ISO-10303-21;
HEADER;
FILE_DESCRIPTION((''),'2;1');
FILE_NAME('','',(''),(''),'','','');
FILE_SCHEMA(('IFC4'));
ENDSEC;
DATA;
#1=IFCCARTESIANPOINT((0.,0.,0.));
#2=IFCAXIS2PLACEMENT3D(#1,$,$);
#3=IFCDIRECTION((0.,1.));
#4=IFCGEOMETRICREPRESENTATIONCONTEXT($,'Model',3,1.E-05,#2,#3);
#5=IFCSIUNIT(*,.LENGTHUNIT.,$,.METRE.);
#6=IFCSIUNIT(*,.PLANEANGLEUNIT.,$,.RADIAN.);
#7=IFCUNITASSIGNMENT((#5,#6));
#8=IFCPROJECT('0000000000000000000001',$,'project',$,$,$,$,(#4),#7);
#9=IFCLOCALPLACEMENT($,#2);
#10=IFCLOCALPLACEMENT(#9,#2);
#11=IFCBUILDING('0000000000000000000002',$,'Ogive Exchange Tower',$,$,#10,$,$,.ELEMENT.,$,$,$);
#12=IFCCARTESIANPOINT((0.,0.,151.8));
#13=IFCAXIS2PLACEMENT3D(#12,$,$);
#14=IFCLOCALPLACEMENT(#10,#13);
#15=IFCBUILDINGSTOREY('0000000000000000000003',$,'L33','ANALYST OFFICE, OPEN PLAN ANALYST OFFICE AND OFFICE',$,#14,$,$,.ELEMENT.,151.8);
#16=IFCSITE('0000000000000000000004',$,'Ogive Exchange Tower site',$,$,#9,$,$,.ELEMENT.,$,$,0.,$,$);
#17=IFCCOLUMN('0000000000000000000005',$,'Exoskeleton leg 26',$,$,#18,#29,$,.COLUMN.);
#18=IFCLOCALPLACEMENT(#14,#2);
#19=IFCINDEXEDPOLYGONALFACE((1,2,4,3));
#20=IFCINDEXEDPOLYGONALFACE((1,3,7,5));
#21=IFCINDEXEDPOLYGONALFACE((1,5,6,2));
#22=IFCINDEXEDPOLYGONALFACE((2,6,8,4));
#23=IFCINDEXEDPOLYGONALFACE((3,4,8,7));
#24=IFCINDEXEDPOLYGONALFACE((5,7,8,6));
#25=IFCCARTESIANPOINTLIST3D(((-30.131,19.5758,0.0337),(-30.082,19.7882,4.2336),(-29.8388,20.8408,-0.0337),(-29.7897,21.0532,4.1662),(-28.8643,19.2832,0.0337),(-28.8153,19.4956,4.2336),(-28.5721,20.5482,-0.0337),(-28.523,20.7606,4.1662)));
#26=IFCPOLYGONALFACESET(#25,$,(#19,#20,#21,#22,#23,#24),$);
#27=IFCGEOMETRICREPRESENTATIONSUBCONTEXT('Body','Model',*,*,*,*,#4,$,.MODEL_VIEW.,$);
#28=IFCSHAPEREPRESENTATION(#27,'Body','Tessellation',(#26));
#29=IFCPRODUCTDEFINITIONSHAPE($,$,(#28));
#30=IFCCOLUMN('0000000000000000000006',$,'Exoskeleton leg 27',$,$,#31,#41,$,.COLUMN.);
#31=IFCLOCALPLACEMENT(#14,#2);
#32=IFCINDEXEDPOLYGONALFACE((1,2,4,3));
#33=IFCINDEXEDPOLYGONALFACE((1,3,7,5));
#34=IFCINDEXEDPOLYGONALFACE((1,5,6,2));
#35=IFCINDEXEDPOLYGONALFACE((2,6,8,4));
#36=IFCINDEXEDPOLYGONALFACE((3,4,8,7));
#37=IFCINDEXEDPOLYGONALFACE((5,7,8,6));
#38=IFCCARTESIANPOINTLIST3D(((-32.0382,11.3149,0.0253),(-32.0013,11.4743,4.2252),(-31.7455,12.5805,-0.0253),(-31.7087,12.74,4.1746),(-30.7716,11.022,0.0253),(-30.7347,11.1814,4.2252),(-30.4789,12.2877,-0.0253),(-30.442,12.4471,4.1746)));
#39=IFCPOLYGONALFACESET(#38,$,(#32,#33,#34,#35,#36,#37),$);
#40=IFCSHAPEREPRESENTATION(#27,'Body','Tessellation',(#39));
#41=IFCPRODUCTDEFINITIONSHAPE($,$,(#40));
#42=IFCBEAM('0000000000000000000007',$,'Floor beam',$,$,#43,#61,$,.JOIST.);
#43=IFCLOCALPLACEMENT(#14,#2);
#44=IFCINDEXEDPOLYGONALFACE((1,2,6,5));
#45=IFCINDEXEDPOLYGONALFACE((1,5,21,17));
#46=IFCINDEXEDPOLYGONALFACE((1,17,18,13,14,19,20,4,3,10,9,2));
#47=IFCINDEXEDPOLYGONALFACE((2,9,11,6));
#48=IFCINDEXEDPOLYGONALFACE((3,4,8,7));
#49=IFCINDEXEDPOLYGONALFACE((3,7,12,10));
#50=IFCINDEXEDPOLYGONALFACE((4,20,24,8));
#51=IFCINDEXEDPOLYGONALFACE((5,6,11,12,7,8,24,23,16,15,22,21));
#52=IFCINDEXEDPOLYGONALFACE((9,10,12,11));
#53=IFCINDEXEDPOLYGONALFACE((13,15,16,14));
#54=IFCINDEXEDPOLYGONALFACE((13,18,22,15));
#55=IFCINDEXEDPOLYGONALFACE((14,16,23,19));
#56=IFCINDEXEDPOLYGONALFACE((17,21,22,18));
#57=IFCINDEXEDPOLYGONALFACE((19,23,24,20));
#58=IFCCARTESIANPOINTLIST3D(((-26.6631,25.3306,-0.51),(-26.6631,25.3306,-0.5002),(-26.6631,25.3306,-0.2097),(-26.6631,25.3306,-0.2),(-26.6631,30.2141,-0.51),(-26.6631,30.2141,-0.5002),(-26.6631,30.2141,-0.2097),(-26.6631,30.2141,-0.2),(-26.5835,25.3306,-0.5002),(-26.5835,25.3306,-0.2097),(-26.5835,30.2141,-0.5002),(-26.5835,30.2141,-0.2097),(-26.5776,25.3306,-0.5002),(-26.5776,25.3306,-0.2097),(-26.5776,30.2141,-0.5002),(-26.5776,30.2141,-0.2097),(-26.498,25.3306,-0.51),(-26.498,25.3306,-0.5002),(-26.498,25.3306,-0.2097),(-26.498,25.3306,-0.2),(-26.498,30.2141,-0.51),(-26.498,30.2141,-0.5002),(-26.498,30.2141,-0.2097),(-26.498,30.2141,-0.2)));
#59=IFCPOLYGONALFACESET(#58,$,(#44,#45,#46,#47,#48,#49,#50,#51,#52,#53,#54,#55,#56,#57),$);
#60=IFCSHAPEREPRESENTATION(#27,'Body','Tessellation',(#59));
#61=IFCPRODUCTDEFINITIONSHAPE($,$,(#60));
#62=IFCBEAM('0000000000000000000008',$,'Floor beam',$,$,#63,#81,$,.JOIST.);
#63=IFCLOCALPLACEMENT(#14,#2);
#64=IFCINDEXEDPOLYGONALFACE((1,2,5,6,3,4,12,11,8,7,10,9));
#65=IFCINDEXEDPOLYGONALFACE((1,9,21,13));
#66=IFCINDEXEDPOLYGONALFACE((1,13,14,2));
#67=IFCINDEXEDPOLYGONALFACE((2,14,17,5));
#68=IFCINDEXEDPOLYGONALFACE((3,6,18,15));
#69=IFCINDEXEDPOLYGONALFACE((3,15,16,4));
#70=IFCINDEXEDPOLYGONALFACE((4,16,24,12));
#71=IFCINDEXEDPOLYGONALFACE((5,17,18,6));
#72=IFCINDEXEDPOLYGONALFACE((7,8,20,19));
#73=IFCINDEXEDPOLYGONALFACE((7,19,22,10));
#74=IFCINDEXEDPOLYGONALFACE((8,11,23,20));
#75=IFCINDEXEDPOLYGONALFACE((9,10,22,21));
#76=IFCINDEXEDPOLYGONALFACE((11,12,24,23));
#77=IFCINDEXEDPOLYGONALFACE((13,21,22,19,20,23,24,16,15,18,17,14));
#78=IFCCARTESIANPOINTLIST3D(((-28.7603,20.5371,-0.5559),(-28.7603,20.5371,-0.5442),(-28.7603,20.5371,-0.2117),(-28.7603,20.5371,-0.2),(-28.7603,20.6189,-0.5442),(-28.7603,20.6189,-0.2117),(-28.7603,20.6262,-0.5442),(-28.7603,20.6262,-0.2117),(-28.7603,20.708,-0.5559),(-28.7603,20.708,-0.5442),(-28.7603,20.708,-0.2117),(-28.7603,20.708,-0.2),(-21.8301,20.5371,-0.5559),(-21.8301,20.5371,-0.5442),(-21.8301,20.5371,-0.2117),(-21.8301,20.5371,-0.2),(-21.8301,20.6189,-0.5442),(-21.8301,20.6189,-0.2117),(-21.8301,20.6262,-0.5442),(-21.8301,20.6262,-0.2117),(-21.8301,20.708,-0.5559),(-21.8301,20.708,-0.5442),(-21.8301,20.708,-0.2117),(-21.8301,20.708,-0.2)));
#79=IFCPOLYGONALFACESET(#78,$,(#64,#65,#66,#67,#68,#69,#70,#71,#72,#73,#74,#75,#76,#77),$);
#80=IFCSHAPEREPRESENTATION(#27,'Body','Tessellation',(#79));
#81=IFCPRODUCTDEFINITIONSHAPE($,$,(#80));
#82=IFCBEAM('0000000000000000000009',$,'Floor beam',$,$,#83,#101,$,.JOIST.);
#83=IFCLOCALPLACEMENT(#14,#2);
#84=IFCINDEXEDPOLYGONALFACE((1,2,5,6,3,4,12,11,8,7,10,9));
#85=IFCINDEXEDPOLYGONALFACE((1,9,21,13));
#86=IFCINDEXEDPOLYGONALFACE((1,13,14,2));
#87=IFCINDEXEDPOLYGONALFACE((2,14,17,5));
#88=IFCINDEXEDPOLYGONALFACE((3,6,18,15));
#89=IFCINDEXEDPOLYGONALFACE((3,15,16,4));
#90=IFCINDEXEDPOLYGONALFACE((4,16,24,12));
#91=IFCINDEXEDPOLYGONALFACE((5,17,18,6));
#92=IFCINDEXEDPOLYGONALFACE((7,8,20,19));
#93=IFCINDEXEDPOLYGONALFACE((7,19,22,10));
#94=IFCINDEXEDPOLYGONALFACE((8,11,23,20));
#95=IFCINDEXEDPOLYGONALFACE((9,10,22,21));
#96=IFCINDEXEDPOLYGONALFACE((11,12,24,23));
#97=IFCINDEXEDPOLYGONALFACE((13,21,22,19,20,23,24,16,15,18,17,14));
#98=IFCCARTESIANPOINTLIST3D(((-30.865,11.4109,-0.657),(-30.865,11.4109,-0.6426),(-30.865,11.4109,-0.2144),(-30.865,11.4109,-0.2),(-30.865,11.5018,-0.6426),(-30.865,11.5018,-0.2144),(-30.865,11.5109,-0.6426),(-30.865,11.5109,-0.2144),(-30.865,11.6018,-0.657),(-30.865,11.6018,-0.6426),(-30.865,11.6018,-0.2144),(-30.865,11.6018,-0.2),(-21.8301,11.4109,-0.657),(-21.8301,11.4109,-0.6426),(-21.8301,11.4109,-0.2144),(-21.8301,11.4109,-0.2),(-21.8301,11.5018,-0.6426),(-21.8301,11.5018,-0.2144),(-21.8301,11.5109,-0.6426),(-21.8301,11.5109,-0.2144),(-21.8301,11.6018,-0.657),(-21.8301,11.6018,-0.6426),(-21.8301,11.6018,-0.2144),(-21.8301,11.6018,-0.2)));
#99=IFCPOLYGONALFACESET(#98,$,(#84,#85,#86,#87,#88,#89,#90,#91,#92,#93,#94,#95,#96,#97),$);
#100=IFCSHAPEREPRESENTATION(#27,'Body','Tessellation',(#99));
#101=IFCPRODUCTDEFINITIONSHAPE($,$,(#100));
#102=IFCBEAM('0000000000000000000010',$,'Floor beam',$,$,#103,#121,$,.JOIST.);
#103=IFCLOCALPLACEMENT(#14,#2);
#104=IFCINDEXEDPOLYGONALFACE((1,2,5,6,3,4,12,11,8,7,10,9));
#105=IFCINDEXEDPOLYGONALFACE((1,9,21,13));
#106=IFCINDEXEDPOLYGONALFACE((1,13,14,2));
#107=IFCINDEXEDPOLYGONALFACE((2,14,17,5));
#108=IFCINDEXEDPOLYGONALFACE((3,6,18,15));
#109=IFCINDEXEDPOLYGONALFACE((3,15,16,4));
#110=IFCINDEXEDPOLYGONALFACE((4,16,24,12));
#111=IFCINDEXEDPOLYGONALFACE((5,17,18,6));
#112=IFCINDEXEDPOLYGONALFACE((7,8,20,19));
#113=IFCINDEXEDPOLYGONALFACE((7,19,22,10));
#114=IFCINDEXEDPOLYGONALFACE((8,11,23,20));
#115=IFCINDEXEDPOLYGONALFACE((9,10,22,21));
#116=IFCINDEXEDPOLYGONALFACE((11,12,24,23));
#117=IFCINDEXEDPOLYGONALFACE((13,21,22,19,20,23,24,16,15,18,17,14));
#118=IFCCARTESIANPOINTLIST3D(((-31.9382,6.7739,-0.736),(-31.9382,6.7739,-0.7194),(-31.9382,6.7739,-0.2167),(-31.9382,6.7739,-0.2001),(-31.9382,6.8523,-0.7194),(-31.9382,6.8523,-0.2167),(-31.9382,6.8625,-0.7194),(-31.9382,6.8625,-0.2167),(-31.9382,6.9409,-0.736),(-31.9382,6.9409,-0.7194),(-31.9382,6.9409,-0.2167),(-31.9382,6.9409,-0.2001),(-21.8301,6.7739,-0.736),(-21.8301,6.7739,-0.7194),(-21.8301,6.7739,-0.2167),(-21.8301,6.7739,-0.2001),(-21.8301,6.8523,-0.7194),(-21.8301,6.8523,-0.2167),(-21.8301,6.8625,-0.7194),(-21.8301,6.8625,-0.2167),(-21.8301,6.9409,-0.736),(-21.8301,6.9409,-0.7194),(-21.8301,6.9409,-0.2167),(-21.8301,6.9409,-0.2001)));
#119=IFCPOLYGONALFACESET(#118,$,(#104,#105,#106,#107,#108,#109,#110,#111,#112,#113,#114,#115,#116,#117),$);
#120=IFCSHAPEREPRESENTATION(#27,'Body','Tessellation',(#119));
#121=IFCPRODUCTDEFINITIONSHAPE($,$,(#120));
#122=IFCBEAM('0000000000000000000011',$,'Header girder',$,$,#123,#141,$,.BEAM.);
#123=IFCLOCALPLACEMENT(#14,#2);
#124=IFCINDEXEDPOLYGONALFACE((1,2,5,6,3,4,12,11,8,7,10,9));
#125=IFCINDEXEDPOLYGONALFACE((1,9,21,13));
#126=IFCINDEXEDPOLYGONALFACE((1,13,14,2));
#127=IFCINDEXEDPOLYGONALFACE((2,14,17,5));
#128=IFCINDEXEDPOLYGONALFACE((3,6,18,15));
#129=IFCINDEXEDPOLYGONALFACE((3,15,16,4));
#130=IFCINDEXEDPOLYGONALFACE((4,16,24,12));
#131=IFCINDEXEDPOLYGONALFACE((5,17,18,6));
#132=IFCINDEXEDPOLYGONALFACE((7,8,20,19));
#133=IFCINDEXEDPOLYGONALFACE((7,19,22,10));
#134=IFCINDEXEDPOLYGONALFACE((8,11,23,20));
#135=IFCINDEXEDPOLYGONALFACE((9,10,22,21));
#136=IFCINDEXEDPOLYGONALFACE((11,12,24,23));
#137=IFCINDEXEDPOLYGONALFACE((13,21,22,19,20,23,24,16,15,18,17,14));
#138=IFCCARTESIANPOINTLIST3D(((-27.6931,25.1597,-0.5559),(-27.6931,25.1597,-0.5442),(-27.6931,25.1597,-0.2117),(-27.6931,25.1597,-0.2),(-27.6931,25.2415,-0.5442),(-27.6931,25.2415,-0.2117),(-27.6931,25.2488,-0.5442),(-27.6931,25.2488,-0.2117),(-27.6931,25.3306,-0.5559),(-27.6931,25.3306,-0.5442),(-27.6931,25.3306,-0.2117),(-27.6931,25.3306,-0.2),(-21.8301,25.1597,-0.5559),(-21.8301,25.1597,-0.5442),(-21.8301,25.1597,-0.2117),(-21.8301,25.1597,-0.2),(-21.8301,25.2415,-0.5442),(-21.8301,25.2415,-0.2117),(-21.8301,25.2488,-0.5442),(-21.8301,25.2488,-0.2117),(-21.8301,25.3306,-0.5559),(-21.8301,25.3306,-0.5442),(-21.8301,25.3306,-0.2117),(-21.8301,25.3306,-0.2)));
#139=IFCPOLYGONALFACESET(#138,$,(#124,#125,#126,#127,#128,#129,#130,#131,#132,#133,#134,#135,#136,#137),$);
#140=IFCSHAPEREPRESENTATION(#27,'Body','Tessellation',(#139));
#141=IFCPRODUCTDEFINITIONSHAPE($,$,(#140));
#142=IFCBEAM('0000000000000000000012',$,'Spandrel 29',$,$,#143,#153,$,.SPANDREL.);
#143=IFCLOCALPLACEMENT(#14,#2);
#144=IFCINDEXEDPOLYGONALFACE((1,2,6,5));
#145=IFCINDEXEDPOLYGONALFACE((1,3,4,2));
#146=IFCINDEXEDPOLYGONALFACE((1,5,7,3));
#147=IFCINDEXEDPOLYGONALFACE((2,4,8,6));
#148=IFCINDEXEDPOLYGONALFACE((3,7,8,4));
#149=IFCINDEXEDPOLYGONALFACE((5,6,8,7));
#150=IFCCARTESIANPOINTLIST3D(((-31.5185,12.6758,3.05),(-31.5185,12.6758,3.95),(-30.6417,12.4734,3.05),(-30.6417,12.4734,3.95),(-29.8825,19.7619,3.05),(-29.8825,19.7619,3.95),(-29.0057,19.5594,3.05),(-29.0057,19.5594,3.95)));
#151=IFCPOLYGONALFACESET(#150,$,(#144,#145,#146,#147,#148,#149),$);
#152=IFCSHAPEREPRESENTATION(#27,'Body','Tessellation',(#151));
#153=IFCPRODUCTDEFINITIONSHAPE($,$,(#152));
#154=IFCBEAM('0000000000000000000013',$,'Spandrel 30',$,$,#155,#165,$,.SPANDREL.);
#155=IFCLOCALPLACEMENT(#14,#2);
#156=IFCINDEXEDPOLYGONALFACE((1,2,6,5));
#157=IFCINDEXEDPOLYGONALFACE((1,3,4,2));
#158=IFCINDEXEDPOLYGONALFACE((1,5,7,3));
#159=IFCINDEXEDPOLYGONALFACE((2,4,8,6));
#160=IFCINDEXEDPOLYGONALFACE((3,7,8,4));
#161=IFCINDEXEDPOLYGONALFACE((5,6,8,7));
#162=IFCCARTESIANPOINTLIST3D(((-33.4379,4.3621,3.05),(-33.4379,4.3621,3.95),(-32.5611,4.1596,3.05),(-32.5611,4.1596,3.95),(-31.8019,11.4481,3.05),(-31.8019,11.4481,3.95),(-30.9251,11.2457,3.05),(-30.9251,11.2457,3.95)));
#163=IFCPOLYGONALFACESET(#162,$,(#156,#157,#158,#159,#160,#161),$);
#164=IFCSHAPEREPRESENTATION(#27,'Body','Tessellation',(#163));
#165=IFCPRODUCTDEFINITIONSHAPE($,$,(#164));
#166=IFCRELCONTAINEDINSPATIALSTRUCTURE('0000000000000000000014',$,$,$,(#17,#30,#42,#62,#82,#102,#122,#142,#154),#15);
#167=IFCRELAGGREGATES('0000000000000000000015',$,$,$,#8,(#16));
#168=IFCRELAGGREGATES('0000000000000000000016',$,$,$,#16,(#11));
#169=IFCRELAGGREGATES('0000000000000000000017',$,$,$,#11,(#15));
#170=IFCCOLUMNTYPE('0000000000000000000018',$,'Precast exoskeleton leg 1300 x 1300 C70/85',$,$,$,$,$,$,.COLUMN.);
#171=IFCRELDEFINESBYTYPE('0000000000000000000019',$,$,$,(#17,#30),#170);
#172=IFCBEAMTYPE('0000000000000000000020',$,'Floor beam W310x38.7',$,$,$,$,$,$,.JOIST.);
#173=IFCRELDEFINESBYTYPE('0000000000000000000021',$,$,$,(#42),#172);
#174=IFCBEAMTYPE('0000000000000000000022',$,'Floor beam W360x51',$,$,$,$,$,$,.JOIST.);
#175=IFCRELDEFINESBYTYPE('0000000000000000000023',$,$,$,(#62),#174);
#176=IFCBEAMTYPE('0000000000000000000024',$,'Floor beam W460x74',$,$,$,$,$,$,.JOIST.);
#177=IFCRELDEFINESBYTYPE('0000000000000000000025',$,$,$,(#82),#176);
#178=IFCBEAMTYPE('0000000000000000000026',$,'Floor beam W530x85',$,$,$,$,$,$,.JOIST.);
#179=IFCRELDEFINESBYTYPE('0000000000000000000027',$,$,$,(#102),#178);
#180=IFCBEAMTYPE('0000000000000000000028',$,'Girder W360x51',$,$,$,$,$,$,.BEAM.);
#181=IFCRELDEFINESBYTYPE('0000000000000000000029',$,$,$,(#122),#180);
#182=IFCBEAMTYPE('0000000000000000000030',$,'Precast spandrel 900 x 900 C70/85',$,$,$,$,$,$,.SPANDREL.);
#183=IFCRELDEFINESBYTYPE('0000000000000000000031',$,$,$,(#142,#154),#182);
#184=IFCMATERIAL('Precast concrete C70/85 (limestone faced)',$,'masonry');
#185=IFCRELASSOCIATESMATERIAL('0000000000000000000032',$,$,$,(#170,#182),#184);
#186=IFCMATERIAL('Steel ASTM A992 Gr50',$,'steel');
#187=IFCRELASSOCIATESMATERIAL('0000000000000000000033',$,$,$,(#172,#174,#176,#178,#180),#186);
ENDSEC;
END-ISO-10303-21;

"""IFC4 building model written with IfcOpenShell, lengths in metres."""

from ifc_helpers import new_model, si_unit, direction, frame, origin, origin_2d, place, context, subcontext, project, spatial, rectangle, i_section, extrude, material, material_profile, profile_set, type_object, element, save


model = new_model("IFC4")

# Units and contexts
model_context = context("Model", 3, precision=1e-05, world=origin(), true_north=direction((0.0, 1.0)))
body_context = subcontext(model_context, "Body", "Model", "MODEL_VIEW")
ifc_project = project(units=[si_unit("LENGTHUNIT", "METRE"), si_unit("PLANEANGLEUNIT", "RADIAN")], contexts=[model_context])

# Site, building, storey
site_placement = place(None, origin())
site = spatial("IfcSite", under=ifc_project, at=site_placement, Name="Ogive Exchange Tower site", CompositionType="ELEMENT", RefElevation=0.0)
building_placement = place(site_placement, origin())
building = spatial("IfcBuilding", under=site, at=building_placement, Name="Ogive Exchange Tower", CompositionType="ELEMENT")
storey_placement = place(building_placement, frame((0.0, 0.0, 151.8)))
storey = spatial("IfcBuildingStorey", under=building, at=storey_placement, Name="L33", Description="ANALYST OFFICE, OPEN PLAN ANALYST OFFICE AND OFFICE", CompositionType="ELEMENT", Elevation=151.8)

# Columns
ifc_material_1 = material(Name="Precast concrete C70/85 (limestone faced)", Category="masonry")
ifc_material_profile_1 = material_profile(ifc_material_1, rectangle(XDim=1.3, YDim=1.3, at=origin_2d()), Name="1300 x 1300")
ifc_profile_set_1 = profile_set([ifc_material_profile_1], Name="Precast concrete C70/85 (limestone faced)")
column_type = type_object("IfcColumnType", Name="Precast exoskeleton leg 1300 x 1300 C70/85", PredefinedType="COLUMN", material=ifc_profile_set_1)
column_1_placement = place(storey_placement, frame((-29.3516, 20.062, 0.0), z_axis=(0.011668, 0.050505, 0.998656), x_axis=(-0.974335, 0.225105, 0.0)))
element("IfcColumn", 1, at=column_1_placement, inside=storey, type_object=column_type, Name="Exoskeleton leg 26", PredefinedType="COLUMN", context=body_context, shape_type="SweptSolid", body=[
    extrude(rectangle(XDim=1.3, YDim=1.3, at=origin_2d()), origin(), (0.0, 0.0, 1.0), 4.2056),
])
column_2_placement = place(storey_placement, frame((-31.2585, 11.8013, 0.0), z_axis=(0.008771, 0.03793, 0.999242), x_axis=(-0.974291, 0.225295, 0.0)))
element("IfcColumn", 2, at=column_2_placement, inside=storey, type_object=column_type, Name="Exoskeleton leg 27", PredefinedType="COLUMN", context=body_context, shape_type="SweptSolid", body=[
    extrude(rectangle(XDim=1.3, YDim=1.3, at=origin_2d()), origin(), (0.0, 0.0, 1.0), 4.2031),
])

# Beams
ifc_material_2 = material(Name="Steel ASTM A992 Gr50", Category="steel")
ifc_material_profile_2 = material_profile(ifc_material_2, i_section(OverallWidth=0.165, OverallDepth=0.3101, WebThickness=0.0059, FlangeThickness=0.0098, at=origin_2d()), Name="W310x38.7")
ifc_profile_set_2 = profile_set([ifc_material_profile_2], Name="Steel ASTM A992 Gr50")
beam_type_1 = type_object("IfcBeamType", Name="Floor beam W310x38.7", PredefinedType="JOIST", material=ifc_profile_set_2)
beam_1_placement = place(storey_placement, frame((-26.5806, 25.3306, -0.355), z_axis=(0.0, 1.0, 0.0), x_axis=(-1.0, 0.0, 0.0)))
element("IfcBeam", 3, at=beam_1_placement, inside=storey, type_object=beam_type_1, Name="Floor beam", PredefinedType="JOIST", context=body_context, shape_type="SweptSolid", body=[
    extrude(i_section(OverallWidth=0.165, OverallDepth=0.3101, WebThickness=0.0059, FlangeThickness=0.0098, at=origin_2d()), origin(), (0.0, 0.0, 1.0), 4.8835),
])
ifc_material_profile_3 = material_profile(ifc_material_2, i_section(OverallWidth=0.1709, OverallDepth=0.356, WebThickness=0.0073, FlangeThickness=0.0117, at=origin_2d()), Name="W360x51")
ifc_profile_set_3 = profile_set([ifc_material_profile_3], Name="Steel ASTM A992 Gr50")
beam_type_2 = type_object("IfcBeamType", Name="Floor beam W360x51", PredefinedType="JOIST", material=ifc_profile_set_3)
beam_2_placement = place(storey_placement, frame((-28.7603, 20.6226, -0.3779), z_axis=(1.0, 0.0, 0.0), x_axis=(0.0, 1.0, 0.0)))
element("IfcBeam", 4, at=beam_2_placement, inside=storey, type_object=beam_type_2, Name="Floor beam", PredefinedType="JOIST", context=body_context, shape_type="SweptSolid", body=[
    extrude(i_section(OverallWidth=0.1709, OverallDepth=0.356, WebThickness=0.0073, FlangeThickness=0.0117, at=origin_2d()), origin(), (0.0, 0.0, 1.0), 6.9302),
])
ifc_material_profile_4 = material_profile(ifc_material_2, i_section(OverallWidth=0.1909, OverallDepth=0.457, WebThickness=0.009, FlangeThickness=0.0144, at=origin_2d()), Name="W460x74")
ifc_profile_set_4 = profile_set([ifc_material_profile_4], Name="Steel ASTM A992 Gr50")
beam_type_3 = type_object("IfcBeamType", Name="Floor beam W460x74", PredefinedType="JOIST", material=ifc_profile_set_4)
beam_3_placement = place(storey_placement, frame((-30.865, 11.5063, -0.4285), z_axis=(1.0, 0.0, 0.0), x_axis=(0.0, 1.0, 0.0)))
element("IfcBeam", 5, at=beam_3_placement, inside=storey, type_object=beam_type_3, Name="Floor beam", PredefinedType="JOIST", context=body_context, shape_type="SweptSolid", body=[
    extrude(i_section(OverallWidth=0.1909, OverallDepth=0.457, WebThickness=0.009, FlangeThickness=0.0144, at=origin_2d()), origin(), (0.0, 0.0, 1.0), 9.0349),
])
ifc_material_profile_5 = material_profile(ifc_material_2, i_section(OverallWidth=0.167, OverallDepth=0.5359, WebThickness=0.0103, FlangeThickness=0.0166, at=origin_2d()), Name="W530x85")
ifc_profile_set_5 = profile_set([ifc_material_profile_5], Name="Steel ASTM A992 Gr50")
beam_type_4 = type_object("IfcBeamType", Name="Floor beam W530x85", PredefinedType="JOIST", material=ifc_profile_set_5)
beam_4_placement = place(storey_placement, frame((-31.9382, 6.8574, -0.468), z_axis=(1.0, 0.0, 0.0), x_axis=(0.0, 1.0, 0.0)))
element("IfcBeam", 6, at=beam_4_placement, inside=storey, type_object=beam_type_4, Name="Floor beam", PredefinedType="JOIST", context=body_context, shape_type="SweptSolid", body=[
    extrude(i_section(OverallWidth=0.167, OverallDepth=0.5359, WebThickness=0.0103, FlangeThickness=0.0166, at=origin_2d()), origin(), (0.0, 0.0, 1.0), 10.1082),
])
ifc_material_profile_6 = material_profile(ifc_material_2, i_section(OverallWidth=0.1709, OverallDepth=0.356, WebThickness=0.0073, FlangeThickness=0.0117, at=origin_2d()), Name="W360x51")
ifc_profile_set_6 = profile_set([ifc_material_profile_6], Name="Steel ASTM A992 Gr50")
beam_type_5 = type_object("IfcBeamType", Name="Girder W360x51", PredefinedType="BEAM", material=ifc_profile_set_6)
beam_5_placement = place(storey_placement, frame((-27.6931, 25.2451, -0.3779), z_axis=(1.0, 0.0, 0.0), x_axis=(0.0, 1.0, 0.0)))
element("IfcBeam", 7, at=beam_5_placement, inside=storey, type_object=beam_type_5, Name="Header girder", PredefinedType="BEAM", context=body_context, shape_type="SweptSolid", body=[
    extrude(i_section(OverallWidth=0.1709, OverallDepth=0.356, WebThickness=0.0073, FlangeThickness=0.0117, at=origin_2d()), origin(), (0.0, 0.0, 1.0), 5.863),
])
ifc_material_profile_7 = material_profile(ifc_material_1, rectangle(XDim=0.8999, YDim=0.8999, at=origin_2d()), Name="900 x 900")
ifc_profile_set_7 = profile_set([ifc_material_profile_7], Name="Precast concrete C70/85 (limestone faced)")
beam_type_6 = type_object("IfcBeamType", Name="Precast spandrel 900 x 900 C70/85", PredefinedType="SPANDREL", material=ifc_profile_set_7)
for number, where, z_axis, x_axis, name in (
    (8, (-29.4441, 19.6606, 3.5), (-0.22496, -0.974368, 0.0), (0.974368, -0.22496, 0.0), "Spandrel 29"),
    (9, (-31.3635, 11.3469, 3.5), (-0.224953, -0.97437, 0.0), (0.97437, -0.224953, 0.0), "Spandrel 30"),
):
    element("IfcBeam", number, at=place(storey_placement, frame(where, z_axis=z_axis, x_axis=x_axis)), inside=storey, type_object=beam_type_6, Name=name, PredefinedType="SPANDREL", context=body_context, shape_type="SweptSolid", body=[
        extrude(rectangle(XDim=0.8999, YDim=0.8999, at=origin_2d()), origin(), (0.0, 0.0, 1.0), 7.2725),
    ])

save(model, "model.ifc")
